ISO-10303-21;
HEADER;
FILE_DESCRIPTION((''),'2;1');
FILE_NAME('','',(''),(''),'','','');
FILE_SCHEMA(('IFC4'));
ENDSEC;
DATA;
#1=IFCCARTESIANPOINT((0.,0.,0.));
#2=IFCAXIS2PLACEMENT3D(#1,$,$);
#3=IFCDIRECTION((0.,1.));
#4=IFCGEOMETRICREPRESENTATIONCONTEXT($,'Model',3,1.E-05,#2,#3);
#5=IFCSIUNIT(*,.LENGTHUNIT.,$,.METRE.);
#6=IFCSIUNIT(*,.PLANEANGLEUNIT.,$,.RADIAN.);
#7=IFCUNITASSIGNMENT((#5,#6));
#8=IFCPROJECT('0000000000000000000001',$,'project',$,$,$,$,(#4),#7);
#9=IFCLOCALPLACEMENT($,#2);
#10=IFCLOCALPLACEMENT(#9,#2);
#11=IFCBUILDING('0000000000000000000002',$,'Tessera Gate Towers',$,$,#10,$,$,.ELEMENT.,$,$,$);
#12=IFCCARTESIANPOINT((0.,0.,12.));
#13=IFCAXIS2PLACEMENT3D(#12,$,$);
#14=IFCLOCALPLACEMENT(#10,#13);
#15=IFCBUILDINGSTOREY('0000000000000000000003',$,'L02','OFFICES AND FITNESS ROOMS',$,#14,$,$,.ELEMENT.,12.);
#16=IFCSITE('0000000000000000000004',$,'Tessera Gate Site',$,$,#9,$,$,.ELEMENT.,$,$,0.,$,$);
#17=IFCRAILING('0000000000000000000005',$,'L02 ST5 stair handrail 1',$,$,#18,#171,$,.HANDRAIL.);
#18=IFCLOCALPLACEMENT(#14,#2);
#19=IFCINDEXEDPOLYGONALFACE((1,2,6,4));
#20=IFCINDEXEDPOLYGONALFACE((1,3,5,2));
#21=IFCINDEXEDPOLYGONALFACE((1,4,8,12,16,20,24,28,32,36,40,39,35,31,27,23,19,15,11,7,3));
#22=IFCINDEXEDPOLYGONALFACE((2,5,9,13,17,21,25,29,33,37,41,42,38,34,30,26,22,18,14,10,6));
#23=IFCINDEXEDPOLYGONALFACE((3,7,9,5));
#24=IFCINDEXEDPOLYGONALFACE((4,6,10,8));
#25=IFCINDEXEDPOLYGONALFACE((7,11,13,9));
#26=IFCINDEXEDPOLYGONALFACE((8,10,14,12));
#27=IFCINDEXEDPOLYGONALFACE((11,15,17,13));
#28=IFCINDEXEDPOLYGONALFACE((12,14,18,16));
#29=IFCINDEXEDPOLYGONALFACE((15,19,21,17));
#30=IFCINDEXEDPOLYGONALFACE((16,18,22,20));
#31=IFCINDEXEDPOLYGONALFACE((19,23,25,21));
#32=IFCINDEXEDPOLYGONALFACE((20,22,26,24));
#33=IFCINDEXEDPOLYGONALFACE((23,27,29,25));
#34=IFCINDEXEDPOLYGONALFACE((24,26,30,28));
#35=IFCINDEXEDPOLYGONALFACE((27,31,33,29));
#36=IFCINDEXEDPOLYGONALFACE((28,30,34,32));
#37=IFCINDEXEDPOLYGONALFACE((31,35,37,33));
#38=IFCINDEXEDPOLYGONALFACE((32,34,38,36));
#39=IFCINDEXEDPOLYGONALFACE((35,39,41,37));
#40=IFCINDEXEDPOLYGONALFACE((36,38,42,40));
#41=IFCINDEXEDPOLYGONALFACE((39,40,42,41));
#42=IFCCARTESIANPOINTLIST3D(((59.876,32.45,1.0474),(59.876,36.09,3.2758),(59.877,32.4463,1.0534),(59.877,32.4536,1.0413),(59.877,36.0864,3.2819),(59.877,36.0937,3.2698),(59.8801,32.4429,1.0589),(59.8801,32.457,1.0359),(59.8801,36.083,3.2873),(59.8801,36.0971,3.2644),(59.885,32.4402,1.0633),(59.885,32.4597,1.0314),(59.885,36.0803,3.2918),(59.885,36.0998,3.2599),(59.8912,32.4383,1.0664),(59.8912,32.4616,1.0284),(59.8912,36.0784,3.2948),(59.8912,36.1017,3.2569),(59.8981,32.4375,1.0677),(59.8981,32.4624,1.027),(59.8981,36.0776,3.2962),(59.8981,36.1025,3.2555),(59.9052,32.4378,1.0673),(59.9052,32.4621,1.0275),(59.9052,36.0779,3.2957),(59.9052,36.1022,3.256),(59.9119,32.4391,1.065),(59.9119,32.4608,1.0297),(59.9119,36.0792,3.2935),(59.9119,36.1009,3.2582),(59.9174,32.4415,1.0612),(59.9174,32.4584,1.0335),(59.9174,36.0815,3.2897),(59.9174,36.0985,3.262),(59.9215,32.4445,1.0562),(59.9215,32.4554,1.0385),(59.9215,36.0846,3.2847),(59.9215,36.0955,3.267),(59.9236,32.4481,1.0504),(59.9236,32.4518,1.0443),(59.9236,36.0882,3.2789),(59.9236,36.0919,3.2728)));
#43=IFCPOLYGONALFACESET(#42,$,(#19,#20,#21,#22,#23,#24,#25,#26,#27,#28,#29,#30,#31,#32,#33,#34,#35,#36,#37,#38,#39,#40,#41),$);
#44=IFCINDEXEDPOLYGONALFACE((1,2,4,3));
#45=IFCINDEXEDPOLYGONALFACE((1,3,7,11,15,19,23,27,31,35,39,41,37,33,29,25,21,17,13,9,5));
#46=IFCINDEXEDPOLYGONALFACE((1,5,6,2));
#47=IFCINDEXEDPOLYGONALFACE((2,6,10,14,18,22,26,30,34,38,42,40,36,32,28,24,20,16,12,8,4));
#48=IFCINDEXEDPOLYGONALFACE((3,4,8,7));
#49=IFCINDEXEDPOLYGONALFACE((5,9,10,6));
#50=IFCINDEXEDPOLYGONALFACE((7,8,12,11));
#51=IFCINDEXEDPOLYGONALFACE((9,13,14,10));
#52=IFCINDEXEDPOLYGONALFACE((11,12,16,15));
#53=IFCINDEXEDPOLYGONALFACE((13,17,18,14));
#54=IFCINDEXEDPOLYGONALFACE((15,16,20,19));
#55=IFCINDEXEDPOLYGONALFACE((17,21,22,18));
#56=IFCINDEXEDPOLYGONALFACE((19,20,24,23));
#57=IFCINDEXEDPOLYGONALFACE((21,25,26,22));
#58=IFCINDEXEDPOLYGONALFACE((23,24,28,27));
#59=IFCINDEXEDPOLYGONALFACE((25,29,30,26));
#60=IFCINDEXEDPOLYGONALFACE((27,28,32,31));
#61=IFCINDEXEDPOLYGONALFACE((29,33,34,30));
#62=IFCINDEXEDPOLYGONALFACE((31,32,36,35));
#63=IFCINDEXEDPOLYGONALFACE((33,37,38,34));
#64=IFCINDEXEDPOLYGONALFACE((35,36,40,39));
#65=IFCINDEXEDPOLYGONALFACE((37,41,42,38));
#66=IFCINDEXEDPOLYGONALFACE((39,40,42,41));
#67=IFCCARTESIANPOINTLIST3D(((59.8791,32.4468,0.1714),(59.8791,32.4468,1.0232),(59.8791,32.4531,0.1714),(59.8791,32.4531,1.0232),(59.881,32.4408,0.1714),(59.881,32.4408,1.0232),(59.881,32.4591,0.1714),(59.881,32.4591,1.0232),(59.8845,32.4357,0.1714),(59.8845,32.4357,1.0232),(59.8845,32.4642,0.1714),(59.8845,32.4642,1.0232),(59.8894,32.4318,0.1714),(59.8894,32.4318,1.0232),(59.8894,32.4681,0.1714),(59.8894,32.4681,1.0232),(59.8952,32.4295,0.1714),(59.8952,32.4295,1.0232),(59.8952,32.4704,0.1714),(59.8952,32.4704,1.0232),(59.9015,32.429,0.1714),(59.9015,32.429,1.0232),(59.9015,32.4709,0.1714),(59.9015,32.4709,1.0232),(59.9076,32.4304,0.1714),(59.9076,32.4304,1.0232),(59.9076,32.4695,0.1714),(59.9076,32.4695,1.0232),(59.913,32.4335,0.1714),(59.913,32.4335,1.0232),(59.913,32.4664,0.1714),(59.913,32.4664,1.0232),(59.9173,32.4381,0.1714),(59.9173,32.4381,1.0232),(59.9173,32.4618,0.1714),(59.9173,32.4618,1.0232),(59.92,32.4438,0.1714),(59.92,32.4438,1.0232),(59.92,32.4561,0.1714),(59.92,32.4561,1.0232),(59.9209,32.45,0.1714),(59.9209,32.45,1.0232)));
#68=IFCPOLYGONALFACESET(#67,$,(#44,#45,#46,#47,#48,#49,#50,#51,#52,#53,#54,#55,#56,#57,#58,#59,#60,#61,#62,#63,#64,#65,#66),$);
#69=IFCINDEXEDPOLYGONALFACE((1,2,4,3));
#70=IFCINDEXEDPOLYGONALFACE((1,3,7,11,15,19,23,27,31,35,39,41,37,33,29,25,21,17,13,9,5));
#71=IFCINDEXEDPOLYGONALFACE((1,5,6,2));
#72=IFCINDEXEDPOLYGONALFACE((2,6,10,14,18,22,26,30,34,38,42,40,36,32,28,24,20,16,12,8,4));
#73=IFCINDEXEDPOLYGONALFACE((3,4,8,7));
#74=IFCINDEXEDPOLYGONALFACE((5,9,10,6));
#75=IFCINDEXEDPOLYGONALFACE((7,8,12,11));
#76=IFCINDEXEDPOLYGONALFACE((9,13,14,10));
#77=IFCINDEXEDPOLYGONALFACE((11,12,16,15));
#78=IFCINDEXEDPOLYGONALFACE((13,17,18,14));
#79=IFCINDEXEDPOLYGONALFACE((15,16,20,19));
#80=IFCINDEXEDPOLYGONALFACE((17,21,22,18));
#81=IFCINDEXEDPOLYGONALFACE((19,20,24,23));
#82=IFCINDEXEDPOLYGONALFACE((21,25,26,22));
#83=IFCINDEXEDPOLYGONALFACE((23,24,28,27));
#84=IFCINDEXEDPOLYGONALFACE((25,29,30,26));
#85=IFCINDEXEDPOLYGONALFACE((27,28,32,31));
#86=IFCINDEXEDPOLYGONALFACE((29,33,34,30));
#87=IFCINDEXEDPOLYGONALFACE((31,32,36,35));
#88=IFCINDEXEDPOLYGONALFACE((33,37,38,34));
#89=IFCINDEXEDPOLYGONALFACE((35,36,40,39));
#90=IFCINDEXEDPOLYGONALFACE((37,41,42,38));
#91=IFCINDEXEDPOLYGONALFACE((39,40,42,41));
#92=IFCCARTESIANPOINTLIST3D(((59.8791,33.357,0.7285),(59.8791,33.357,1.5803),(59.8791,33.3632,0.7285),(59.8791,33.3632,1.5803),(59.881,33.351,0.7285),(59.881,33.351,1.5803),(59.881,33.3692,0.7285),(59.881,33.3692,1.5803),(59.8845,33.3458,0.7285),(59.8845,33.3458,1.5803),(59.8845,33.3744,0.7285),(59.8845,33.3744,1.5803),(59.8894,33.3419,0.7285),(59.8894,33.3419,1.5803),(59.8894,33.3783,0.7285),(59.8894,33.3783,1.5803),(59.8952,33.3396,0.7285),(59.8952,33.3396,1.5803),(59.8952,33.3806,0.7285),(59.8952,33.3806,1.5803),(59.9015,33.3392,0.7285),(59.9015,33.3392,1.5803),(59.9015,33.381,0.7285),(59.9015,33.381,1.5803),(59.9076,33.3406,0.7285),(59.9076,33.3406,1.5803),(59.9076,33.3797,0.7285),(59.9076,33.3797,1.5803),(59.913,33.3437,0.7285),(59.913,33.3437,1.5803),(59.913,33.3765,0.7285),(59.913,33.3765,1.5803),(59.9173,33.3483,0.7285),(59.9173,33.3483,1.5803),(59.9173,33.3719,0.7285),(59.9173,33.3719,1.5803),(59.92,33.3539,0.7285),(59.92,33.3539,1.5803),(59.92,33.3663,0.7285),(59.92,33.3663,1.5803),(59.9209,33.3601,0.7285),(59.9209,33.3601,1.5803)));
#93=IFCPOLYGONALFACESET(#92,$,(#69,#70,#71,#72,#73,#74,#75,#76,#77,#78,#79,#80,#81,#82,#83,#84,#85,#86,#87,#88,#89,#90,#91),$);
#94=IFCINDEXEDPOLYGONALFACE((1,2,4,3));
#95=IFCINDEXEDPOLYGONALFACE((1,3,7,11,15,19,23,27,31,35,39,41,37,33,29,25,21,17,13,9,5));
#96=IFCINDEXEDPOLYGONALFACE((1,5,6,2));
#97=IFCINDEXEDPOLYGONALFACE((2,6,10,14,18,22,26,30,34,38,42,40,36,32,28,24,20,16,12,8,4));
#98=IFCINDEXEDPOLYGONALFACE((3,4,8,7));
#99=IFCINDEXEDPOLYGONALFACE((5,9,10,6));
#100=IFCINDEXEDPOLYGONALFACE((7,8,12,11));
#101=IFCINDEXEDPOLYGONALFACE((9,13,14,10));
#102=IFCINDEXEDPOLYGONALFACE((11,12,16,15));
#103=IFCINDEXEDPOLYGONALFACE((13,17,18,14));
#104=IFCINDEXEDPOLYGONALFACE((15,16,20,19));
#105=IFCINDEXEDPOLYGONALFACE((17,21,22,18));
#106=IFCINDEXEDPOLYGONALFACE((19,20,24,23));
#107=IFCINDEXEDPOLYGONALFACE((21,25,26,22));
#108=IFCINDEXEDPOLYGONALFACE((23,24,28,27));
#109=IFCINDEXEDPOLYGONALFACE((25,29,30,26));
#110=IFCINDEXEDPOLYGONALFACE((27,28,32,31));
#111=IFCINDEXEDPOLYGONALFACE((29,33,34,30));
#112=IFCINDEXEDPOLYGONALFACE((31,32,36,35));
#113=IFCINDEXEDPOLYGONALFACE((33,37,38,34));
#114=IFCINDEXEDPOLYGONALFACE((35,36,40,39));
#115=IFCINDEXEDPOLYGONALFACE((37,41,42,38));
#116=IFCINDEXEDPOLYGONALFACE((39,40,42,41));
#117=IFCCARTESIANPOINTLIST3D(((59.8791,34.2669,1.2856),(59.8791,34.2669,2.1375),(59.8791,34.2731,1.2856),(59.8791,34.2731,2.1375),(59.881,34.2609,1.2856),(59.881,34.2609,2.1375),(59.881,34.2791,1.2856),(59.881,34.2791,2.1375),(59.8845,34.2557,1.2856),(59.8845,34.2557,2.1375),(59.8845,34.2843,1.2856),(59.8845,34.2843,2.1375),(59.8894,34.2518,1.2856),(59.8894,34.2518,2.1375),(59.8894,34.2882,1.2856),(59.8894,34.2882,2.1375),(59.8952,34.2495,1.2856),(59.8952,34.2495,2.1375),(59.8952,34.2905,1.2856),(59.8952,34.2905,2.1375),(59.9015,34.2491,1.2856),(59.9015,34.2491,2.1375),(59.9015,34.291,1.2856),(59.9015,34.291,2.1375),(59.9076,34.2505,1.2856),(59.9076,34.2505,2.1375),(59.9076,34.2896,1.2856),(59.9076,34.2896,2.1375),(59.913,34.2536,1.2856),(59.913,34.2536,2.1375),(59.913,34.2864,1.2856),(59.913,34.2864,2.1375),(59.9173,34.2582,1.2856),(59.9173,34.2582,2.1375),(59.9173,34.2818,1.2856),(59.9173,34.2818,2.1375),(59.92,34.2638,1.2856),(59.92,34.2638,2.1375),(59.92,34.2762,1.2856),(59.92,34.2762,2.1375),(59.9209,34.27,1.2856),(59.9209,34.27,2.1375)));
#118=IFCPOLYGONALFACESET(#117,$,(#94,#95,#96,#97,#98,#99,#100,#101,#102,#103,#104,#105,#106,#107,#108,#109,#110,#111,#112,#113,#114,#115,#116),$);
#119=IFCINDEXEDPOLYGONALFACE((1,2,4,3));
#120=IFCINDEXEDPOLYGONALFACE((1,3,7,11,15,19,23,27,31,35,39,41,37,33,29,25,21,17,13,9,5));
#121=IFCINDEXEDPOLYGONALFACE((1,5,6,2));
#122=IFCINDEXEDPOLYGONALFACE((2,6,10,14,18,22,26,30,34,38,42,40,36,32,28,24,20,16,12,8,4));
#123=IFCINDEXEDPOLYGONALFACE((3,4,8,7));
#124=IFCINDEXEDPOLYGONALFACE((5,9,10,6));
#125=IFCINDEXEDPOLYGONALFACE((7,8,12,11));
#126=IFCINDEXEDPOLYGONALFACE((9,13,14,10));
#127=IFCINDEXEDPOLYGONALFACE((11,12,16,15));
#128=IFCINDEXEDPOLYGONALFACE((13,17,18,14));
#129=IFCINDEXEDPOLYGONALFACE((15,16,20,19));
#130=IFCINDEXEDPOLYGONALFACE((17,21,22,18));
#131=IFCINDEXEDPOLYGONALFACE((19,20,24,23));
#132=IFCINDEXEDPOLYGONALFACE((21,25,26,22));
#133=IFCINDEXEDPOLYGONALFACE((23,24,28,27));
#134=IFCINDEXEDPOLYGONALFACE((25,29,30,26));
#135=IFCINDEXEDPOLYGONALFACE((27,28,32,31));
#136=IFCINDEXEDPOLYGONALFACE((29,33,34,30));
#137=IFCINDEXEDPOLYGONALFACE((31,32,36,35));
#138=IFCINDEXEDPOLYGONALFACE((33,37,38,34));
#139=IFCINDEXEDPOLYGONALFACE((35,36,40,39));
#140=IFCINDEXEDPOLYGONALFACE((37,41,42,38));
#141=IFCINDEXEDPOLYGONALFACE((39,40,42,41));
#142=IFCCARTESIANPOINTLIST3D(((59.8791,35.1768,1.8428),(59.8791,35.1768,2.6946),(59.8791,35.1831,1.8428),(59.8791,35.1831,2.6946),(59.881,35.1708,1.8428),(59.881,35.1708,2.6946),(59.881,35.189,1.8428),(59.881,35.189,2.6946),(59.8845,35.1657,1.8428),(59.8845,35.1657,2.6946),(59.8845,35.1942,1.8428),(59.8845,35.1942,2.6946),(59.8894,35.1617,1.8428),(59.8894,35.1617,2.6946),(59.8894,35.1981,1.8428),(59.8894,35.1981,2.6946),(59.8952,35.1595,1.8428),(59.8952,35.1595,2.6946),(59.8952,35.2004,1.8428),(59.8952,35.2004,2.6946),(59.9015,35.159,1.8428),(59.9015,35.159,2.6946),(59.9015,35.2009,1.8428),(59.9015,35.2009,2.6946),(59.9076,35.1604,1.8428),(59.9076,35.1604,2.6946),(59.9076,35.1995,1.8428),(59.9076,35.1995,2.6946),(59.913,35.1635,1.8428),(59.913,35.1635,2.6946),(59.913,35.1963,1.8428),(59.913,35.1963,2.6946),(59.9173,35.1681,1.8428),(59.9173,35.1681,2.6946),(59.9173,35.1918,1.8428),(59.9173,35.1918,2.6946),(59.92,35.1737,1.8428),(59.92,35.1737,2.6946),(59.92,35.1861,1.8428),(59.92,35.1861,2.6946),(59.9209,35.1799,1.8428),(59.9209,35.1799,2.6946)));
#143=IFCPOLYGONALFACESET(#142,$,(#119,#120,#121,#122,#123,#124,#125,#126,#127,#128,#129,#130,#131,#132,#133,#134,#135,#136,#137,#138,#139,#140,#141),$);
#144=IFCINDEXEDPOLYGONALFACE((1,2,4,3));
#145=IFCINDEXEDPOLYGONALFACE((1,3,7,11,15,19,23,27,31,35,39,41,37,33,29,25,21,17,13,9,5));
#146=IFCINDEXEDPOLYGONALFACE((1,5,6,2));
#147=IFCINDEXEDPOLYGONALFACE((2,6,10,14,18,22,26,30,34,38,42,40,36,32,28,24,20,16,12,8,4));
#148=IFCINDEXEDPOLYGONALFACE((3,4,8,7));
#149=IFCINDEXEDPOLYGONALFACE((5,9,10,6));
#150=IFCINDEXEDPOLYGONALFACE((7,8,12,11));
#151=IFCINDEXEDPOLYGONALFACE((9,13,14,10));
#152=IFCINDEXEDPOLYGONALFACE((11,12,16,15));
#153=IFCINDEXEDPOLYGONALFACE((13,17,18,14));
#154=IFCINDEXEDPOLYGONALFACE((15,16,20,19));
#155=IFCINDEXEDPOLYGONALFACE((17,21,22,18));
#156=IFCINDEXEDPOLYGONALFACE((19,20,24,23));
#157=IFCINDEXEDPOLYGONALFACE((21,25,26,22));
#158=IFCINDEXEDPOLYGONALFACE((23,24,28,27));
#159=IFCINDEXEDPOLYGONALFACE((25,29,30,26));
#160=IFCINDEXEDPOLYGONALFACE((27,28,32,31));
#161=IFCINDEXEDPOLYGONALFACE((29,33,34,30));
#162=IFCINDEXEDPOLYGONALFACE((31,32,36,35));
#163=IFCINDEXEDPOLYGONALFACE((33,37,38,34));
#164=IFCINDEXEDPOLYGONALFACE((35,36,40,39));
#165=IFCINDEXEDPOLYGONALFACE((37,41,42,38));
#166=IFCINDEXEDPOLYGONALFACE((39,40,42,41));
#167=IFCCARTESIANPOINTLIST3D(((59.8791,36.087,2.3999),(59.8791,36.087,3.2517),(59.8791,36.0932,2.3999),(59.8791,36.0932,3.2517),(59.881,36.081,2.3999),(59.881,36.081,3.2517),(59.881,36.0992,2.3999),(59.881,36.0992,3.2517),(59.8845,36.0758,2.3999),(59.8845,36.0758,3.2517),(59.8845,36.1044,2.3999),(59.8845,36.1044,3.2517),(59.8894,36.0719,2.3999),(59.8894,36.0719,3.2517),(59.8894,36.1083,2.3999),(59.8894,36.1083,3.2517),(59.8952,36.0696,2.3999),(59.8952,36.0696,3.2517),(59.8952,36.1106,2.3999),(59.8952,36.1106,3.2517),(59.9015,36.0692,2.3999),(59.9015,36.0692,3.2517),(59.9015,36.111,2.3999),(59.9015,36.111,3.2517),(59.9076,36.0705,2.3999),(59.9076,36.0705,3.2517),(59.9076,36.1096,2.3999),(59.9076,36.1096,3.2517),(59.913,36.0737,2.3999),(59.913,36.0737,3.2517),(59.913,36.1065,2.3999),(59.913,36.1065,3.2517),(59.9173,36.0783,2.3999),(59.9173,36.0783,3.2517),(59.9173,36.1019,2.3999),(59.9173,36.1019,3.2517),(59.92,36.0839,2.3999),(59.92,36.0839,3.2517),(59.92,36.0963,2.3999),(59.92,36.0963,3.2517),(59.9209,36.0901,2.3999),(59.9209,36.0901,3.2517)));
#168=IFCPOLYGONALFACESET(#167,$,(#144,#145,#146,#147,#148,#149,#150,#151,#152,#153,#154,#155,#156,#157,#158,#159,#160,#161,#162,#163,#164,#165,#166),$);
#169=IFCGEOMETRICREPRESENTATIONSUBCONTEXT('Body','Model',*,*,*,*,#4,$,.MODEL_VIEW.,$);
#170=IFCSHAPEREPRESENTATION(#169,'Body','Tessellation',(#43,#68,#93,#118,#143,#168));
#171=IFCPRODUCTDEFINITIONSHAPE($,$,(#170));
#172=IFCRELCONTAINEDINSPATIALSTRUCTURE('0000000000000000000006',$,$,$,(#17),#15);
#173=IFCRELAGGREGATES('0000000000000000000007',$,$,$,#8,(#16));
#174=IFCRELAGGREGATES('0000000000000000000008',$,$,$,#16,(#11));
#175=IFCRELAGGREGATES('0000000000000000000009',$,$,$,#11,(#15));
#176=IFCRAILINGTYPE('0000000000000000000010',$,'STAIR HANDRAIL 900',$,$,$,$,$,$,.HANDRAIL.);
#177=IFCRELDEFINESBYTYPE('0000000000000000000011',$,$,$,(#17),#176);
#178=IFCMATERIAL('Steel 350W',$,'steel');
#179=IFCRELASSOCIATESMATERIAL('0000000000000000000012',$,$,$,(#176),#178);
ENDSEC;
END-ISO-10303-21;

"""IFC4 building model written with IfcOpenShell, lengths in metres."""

from ifc_helpers import new_model, si_unit, direction, frame, origin, origin_2d, place, context, subcontext, project, spatial, circle, extrude, material, type_object, element, save


model = new_model("IFC4")

# Units and contexts
model_context = context("Model", 3, precision=1e-05, world=origin(), true_north=direction((0.0, 1.0)))
body_context = subcontext(model_context, "Body", "Model", "MODEL_VIEW")
ifc_project = project(units=[si_unit("LENGTHUNIT", "METRE"), si_unit("PLANEANGLEUNIT", "RADIAN")], contexts=[model_context])

# Site, building, storey
site_placement = place(None, origin())
site = spatial("IfcSite", under=ifc_project, at=site_placement, Name="Tessera Gate Site", CompositionType="ELEMENT", RefElevation=0.0)
building_placement = place(site_placement, origin())
building = spatial("IfcBuilding", under=site, at=building_placement, Name="Tessera Gate Towers", CompositionType="ELEMENT")
storey_placement = place(building_placement, frame((0.0, 0.0, 12.0)))
storey = spatial("IfcBuildingStorey", under=building, at=storey_placement, Name="L02", Description="OFFICES AND FITNESS ROOMS", CompositionType="ELEMENT", Elevation=12.0)

# Railing
ifc_material_1 = material(Name="Steel 350W", Category="steel")
railing_type_1 = type_object("IfcRailingType", Name="STAIR HANDRAIL 900", PredefinedType="HANDRAIL", material=ifc_material_1)
railing_1_placement = place(storey_placement, frame((59.8999, 32.45, 0.1714)))
element("IfcRailing", 1, at=railing_1_placement, inside=storey, type_object=railing_type_1, Name="L02 ST5 stair handrail 1", PredefinedType="HANDRAIL", context=body_context, shape_type="SweptSolid", body=[
    extrude(circle(Radius=0.0239, at=origin_2d()), frame((0.0, 0.0, 0.876), z_axis=(0.0, 0.852866, 0.52213), x_axis=(-1.0, 0.0, 0.0)), (0.0, 0.0, 1.0), 4.2681),
    extrude(circle(Radius=0.021, at=origin_2d()), origin(), (0.0, 0.0, 1.0), 0.8518),
    extrude(circle(Radius=0.021, at=origin_2d()), frame((0.0, 0.9102, 0.5571)), (0.0, 0.0, 1.0), 0.8518),
    extrude(circle(Radius=0.021, at=origin_2d()), frame((0.0, 1.8201, 1.1143)), (0.0, 0.0, 1.0), 0.8518),
    extrude(circle(Radius=0.021, at=origin_2d()), frame((0.0, 2.73, 1.6714)), (0.0, 0.0, 1.0), 0.8518),
    extrude(circle(Radius=0.021, at=origin_2d()), frame((0.0, 3.6401, 2.2285)), (0.0, 0.0, 1.0), 0.8518),
])

save(model, "model.ifc")
